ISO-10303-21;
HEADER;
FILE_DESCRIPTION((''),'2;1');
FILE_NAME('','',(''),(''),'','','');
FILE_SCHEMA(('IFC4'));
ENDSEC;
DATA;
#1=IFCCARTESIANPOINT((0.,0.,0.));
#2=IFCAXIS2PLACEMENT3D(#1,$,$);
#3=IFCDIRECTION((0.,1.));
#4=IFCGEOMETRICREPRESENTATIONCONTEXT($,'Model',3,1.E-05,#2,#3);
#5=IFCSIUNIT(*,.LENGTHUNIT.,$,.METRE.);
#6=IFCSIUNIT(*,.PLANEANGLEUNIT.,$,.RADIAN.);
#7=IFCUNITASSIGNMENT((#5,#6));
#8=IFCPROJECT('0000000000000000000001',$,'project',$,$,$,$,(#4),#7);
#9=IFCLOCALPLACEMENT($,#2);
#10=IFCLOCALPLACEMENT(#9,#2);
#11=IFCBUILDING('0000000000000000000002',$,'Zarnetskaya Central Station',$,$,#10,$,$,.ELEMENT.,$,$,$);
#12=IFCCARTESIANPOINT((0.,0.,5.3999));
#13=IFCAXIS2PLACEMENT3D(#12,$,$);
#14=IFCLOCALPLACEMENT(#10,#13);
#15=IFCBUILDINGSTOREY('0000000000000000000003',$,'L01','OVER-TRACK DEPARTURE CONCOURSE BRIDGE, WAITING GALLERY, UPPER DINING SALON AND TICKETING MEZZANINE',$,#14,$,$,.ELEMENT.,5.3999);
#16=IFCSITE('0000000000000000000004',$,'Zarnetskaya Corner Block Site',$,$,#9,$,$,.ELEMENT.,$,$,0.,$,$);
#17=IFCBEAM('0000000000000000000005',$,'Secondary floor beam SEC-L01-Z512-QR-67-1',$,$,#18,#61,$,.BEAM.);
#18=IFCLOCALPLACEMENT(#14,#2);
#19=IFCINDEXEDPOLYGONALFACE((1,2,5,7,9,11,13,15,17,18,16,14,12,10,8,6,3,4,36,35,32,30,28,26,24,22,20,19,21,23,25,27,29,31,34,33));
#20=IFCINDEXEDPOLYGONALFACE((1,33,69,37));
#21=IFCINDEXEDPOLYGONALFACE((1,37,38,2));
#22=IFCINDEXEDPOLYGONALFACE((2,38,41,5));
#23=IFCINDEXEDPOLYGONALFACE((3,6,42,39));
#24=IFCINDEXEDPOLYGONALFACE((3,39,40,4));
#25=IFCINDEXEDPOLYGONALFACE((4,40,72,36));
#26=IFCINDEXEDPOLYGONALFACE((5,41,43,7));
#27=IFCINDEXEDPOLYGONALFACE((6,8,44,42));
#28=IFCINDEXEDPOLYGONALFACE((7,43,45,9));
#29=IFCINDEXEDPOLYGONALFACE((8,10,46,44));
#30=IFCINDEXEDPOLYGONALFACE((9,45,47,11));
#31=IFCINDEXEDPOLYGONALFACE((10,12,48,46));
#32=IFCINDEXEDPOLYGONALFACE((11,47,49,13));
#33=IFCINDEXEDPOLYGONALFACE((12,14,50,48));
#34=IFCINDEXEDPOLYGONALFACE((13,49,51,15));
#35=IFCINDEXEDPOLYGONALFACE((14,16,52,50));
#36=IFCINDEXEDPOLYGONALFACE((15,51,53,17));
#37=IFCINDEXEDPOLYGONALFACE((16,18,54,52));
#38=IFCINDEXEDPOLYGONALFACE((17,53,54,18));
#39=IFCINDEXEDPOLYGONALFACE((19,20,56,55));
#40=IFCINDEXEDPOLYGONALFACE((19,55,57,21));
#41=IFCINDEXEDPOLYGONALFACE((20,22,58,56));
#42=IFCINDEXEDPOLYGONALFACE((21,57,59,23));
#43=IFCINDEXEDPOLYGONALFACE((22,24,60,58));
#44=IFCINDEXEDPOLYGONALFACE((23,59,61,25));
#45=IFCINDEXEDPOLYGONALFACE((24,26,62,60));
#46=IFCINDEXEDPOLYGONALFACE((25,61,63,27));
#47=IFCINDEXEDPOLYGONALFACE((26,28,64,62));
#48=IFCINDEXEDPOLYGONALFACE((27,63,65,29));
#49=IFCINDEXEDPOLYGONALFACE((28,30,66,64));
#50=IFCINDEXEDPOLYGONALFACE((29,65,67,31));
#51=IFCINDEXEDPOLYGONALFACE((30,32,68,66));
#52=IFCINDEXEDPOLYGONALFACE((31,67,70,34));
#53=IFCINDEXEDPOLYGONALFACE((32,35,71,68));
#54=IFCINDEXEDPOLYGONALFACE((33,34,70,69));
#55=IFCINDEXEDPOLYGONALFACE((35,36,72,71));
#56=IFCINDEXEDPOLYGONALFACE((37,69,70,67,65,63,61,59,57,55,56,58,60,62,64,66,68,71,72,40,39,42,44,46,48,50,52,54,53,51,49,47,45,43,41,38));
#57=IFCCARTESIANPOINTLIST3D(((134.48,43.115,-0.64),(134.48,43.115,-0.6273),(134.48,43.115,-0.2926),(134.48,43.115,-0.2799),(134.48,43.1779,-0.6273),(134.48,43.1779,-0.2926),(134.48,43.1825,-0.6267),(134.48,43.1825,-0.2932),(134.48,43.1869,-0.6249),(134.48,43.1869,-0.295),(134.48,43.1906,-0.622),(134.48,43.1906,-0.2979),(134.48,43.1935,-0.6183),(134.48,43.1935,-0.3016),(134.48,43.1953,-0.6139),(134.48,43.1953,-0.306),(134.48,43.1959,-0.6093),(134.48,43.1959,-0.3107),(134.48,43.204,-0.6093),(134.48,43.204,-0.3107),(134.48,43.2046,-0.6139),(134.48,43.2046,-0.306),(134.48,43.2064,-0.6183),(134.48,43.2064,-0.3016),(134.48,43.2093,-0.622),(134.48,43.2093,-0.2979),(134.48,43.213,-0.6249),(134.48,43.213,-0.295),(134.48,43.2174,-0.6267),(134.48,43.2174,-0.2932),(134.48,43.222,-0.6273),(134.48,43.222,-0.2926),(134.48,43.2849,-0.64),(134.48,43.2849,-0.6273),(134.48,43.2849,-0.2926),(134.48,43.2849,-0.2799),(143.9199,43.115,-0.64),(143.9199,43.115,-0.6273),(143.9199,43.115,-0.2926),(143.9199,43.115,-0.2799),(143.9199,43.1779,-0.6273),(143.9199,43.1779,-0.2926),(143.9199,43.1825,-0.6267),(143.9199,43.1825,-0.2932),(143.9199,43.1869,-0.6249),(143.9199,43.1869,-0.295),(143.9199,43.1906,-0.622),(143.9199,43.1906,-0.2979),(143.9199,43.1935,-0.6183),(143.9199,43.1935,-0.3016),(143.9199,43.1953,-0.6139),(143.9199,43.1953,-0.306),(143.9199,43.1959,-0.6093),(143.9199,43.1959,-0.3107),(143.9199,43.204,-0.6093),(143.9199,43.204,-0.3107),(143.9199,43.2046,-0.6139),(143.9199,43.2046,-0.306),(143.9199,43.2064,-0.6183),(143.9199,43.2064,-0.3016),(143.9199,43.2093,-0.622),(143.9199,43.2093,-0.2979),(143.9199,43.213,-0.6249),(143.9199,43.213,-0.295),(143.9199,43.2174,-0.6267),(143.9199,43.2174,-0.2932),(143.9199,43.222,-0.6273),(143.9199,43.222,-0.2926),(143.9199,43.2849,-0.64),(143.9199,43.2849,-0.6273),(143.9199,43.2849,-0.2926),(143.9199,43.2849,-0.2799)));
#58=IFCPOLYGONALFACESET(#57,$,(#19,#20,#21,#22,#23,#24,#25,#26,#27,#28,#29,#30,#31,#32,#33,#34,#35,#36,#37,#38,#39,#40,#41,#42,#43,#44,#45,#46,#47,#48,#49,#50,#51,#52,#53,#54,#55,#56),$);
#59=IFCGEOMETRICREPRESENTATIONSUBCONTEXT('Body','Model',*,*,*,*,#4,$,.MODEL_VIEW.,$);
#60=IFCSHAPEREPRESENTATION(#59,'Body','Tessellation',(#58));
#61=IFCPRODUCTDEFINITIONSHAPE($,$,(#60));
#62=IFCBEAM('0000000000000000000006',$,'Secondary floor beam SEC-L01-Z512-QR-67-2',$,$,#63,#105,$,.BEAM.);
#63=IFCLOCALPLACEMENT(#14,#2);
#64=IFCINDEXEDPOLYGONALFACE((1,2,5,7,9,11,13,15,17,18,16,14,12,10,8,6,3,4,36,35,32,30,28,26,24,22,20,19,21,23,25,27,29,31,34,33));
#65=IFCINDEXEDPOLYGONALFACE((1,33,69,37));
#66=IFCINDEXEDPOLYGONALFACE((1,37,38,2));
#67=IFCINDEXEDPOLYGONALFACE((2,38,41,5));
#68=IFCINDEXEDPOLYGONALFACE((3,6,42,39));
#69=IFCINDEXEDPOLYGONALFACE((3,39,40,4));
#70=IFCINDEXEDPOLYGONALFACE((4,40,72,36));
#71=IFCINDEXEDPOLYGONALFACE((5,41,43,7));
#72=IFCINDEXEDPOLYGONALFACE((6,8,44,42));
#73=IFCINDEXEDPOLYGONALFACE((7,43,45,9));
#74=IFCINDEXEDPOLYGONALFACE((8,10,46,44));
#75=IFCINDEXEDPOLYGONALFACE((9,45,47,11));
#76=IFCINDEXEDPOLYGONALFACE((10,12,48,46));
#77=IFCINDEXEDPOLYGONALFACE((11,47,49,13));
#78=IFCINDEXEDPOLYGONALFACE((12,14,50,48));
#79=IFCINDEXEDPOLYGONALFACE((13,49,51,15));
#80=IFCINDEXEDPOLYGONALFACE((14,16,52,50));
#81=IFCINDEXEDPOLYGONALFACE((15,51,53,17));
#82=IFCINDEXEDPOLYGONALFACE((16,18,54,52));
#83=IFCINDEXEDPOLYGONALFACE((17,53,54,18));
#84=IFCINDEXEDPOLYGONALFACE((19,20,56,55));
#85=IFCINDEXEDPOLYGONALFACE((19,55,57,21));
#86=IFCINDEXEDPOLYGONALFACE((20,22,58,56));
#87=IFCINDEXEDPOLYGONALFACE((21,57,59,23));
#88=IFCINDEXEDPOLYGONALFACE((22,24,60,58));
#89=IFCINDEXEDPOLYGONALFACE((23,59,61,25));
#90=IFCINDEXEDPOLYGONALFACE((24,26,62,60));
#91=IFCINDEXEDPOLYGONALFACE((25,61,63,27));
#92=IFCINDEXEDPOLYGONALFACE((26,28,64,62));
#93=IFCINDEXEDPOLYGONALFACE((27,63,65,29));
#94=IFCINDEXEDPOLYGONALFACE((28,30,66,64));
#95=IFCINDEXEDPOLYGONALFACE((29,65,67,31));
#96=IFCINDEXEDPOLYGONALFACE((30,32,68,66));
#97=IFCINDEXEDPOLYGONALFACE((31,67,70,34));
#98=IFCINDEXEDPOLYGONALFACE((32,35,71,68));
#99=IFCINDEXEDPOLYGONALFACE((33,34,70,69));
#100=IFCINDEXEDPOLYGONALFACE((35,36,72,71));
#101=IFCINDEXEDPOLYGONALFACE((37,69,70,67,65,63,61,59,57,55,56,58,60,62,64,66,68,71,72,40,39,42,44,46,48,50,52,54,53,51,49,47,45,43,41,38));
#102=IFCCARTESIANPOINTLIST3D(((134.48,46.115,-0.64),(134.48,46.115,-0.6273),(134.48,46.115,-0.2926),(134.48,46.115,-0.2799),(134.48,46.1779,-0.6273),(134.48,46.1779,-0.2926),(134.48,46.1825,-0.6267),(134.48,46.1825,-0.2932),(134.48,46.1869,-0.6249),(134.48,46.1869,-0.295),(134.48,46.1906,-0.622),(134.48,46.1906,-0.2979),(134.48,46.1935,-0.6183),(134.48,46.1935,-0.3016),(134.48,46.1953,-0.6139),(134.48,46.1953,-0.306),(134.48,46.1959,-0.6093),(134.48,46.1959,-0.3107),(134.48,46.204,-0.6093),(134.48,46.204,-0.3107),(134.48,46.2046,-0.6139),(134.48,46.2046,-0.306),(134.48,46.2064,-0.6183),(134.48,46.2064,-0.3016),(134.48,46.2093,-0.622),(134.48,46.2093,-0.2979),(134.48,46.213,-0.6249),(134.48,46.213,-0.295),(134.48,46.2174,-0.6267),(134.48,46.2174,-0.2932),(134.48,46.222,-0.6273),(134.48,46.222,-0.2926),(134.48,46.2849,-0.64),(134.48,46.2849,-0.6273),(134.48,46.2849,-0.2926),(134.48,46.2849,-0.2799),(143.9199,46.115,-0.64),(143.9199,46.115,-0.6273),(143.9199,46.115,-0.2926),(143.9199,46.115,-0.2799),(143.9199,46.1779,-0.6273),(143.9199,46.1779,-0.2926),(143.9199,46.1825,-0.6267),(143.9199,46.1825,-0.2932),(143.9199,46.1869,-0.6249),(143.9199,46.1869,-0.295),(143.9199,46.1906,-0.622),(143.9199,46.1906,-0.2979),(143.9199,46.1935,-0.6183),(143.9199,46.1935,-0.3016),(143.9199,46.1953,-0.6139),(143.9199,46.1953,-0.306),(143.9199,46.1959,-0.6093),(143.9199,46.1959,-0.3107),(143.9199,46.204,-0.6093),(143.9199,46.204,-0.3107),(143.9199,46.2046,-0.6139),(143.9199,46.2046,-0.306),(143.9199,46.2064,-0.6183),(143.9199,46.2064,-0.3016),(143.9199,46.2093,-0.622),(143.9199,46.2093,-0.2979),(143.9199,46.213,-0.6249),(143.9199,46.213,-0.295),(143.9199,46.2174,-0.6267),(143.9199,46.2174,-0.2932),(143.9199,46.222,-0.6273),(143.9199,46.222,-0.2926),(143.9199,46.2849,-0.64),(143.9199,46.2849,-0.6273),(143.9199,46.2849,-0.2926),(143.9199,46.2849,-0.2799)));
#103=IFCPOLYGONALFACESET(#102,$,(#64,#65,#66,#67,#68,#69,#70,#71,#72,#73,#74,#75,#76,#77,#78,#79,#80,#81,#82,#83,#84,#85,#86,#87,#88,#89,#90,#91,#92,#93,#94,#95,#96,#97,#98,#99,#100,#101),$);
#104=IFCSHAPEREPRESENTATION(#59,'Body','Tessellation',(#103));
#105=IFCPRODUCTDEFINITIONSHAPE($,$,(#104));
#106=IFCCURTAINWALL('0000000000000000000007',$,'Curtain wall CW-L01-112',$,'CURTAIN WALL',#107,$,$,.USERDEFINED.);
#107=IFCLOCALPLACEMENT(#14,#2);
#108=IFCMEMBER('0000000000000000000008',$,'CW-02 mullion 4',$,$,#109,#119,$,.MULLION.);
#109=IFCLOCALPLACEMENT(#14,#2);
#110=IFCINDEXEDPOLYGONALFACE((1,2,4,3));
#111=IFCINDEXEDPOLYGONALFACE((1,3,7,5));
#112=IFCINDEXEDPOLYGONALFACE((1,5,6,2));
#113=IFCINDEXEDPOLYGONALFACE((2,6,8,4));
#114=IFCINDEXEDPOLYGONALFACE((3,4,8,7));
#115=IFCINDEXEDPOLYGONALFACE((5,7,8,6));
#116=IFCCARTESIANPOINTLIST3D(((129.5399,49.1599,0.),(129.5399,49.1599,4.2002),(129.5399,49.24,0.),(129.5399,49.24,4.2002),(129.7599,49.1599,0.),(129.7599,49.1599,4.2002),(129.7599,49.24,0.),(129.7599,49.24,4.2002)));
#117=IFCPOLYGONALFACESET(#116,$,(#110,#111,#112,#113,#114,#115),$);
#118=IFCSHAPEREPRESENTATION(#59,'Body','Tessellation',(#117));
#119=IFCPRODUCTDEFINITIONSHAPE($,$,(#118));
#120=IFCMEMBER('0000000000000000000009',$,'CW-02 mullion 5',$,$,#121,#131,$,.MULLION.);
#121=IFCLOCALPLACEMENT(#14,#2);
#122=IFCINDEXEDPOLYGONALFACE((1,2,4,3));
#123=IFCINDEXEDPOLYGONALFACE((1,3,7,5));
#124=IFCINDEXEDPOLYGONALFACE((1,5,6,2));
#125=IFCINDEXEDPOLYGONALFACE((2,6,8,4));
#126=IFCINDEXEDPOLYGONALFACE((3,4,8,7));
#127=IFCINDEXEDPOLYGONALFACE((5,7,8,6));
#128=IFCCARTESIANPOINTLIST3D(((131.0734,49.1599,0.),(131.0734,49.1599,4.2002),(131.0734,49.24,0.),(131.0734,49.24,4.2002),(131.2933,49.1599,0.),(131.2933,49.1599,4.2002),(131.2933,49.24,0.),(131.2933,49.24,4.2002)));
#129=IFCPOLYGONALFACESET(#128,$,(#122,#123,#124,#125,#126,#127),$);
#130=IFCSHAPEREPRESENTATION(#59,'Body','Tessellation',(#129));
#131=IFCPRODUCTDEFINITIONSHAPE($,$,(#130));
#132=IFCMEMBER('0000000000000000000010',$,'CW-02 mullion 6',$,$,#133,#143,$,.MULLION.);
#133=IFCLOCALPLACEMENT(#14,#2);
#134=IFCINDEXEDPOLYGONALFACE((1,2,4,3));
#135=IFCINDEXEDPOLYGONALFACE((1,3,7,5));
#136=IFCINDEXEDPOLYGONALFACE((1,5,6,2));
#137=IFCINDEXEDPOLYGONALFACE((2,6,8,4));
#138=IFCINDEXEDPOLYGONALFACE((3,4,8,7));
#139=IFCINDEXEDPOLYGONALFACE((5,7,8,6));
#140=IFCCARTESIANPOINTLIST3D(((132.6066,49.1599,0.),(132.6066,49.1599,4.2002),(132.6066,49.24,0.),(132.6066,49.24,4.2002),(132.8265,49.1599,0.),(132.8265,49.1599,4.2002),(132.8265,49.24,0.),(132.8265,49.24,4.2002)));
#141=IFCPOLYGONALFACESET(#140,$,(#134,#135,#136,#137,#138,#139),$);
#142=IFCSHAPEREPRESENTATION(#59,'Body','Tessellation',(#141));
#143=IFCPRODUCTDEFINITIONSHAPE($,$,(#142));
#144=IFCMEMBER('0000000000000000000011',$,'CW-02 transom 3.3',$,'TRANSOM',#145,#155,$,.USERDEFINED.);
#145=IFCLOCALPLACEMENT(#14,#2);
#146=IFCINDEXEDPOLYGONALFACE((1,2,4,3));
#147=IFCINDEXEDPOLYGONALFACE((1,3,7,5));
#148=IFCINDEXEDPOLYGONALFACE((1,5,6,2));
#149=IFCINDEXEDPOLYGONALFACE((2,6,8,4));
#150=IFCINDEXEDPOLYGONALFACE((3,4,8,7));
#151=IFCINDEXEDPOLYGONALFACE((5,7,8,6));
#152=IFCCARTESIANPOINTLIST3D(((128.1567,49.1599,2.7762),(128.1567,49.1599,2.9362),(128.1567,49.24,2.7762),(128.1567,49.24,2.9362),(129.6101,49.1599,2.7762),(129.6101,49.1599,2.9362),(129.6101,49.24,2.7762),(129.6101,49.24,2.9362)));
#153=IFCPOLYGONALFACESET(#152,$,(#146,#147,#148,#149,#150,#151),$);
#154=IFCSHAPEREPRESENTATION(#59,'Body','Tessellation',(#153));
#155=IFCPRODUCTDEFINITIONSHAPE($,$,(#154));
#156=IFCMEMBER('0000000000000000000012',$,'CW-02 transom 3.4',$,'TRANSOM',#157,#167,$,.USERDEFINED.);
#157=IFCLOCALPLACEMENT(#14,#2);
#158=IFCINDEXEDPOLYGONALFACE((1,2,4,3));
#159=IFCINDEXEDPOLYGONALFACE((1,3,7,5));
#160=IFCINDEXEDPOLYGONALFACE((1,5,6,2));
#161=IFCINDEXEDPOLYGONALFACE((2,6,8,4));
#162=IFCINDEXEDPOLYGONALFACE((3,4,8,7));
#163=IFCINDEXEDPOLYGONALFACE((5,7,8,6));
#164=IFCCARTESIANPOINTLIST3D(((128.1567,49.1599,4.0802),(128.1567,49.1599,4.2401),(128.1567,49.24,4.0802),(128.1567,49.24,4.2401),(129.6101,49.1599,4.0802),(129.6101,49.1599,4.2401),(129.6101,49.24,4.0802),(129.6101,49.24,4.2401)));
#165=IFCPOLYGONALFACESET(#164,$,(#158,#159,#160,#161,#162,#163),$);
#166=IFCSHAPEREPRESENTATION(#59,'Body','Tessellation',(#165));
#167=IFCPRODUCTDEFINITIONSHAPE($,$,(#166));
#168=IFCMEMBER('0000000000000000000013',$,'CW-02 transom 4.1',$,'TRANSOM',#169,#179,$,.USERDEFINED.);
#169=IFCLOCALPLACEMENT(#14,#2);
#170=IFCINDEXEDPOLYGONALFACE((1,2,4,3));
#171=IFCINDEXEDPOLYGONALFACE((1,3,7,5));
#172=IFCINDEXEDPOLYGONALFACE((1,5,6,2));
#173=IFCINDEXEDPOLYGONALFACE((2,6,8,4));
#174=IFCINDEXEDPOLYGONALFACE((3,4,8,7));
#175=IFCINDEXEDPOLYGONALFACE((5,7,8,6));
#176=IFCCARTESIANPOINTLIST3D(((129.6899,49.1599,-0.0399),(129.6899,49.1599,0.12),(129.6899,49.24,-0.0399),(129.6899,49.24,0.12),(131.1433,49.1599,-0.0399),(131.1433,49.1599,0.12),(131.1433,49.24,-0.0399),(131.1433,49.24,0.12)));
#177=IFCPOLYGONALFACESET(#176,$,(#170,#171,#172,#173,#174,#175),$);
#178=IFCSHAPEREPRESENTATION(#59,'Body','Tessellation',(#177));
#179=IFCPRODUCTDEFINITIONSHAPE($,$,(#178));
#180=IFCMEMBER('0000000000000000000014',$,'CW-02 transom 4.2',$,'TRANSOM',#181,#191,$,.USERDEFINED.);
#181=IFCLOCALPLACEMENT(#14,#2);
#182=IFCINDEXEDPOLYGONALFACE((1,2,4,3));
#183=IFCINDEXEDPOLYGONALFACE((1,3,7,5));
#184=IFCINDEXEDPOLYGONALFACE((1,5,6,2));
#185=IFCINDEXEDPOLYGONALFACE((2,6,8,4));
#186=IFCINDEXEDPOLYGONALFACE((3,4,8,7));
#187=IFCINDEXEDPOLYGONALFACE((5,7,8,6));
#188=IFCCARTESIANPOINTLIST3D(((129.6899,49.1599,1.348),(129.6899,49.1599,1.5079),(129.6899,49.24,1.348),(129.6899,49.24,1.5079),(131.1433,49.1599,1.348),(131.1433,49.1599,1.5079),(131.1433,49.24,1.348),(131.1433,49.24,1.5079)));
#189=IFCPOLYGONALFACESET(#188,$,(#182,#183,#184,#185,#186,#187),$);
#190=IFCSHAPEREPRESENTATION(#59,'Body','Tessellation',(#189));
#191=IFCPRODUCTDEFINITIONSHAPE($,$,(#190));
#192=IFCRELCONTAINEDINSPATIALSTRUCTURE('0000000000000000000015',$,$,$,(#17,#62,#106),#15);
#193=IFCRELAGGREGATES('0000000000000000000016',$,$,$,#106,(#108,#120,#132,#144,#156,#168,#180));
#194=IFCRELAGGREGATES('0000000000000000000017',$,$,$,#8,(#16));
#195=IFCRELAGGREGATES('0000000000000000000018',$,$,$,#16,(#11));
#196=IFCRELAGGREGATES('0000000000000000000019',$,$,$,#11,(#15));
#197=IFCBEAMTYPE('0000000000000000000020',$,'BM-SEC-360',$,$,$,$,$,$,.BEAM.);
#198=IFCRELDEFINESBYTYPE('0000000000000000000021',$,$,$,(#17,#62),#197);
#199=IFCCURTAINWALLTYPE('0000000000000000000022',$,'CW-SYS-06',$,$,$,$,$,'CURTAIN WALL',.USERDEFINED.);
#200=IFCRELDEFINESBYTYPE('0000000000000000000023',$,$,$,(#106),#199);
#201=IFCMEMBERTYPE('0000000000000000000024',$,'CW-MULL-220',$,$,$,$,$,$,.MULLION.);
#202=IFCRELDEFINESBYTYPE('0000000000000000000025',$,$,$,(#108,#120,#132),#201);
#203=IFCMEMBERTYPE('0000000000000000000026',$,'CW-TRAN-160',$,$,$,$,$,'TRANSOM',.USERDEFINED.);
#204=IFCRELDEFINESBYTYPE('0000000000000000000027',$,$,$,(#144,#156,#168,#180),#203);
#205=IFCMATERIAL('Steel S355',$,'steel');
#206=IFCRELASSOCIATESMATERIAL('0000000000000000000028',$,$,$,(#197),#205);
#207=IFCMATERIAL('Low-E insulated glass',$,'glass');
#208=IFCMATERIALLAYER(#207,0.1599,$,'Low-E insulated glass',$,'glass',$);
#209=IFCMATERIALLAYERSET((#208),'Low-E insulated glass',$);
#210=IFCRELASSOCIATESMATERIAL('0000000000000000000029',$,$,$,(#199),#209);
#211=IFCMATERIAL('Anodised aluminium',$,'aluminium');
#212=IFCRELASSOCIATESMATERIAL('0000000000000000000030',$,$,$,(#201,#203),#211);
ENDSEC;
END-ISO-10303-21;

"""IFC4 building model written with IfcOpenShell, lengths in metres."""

from ifc_helpers import new_model, si_unit, direction, frame, origin, origin_2d, place, context, subcontext, project, spatial, rectangle, i_section, extrude, material, layer, layer_set, material_profile, profile_set, type_object, element, aggregate, save


model = new_model("IFC4")

# Units and contexts
model_context = context("Model", 3, precision=1e-05, world=origin(), true_north=direction((0.0, 1.0)))
body_context = subcontext(model_context, "Body", "Model", "MODEL_VIEW")
ifc_project = project(units=[si_unit("LENGTHUNIT", "METRE"), si_unit("PLANEANGLEUNIT", "RADIAN")], contexts=[model_context])

# Site, building, storey
site_placement = place(None, origin())
site = spatial("IfcSite", under=ifc_project, at=site_placement, Name="Zarnetskaya Corner Block Site", CompositionType="ELEMENT", RefElevation=0.0)
building_placement = place(site_placement, origin())
building = spatial("IfcBuilding", under=site, at=building_placement, Name="Zarnetskaya Central Station", CompositionType="ELEMENT")
storey_placement = place(building_placement, frame((0.0, 0.0, 5.3999)))
storey = spatial("IfcBuildingStorey", under=building, at=storey_placement, Name="L01", Description="OVER-TRACK DEPARTURE CONCOURSE BRIDGE, WAITING GALLERY, UPPER DINING SALON AND TICKETING MEZZANINE", CompositionType="ELEMENT", Elevation=5.3999)

# Shared definitions
ifc_material_1 = material(Name="Steel S355", Category="steel")

# Beams
ifc_material_profile_1 = material_profile(ifc_material_1, i_section(OverallWidth=0.1699, OverallDepth=0.3601, WebThickness=0.0081, FlangeThickness=0.0127, FilletRadius=0.0181, at=origin_2d()), Name="IPE 360")
ifc_profile_set_1 = profile_set([ifc_material_profile_1], Name="Steel S355")
beam_type_1 = type_object("IfcBeamType", Name="BM-SEC-360", PredefinedType="BEAM", material=ifc_profile_set_1)
for number, where, z_axis, x_axis, name in (
    (1, (134.48, 43.2, -0.46), (1.0, 0.0, 0.0), (0.0, 1.0, 0.0), "Secondary floor beam SEC-L01-Z512-QR-67-1"),
    (2, (134.48, 46.2, -0.46), (1.0, 0.0, 0.0), (0.0, 1.0, 0.0), "Secondary floor beam SEC-L01-Z512-QR-67-2"),
):
    element("IfcBeam", number, at=place(storey_placement, frame(where, z_axis=z_axis, x_axis=x_axis)), inside=storey, type_object=beam_type_1, Name=name, PredefinedType="BEAM", context=body_context, shape_type="SweptSolid", body=[
        extrude(i_section(OverallWidth=0.1699, OverallDepth=0.3601, WebThickness=0.0081, FlangeThickness=0.0127, FilletRadius=0.0181, at=origin_2d()), origin(), (0.0, 0.0, 1.0), 9.4399),
    ])

# Curtain wall, members
ifc_material_2 = material(Name="Low-E insulated glass", Category="glass")
ifc_layer_1 = layer(ifc_material_2, 0.1599, Name="Low-E insulated glass", Category="glass")
ifc_layer_set_1 = layer_set([ifc_layer_1], Name="Low-E insulated glass")
curtain_wall_type = type_object("IfcCurtainWallType", Name="CW-SYS-06", ElementType="CURTAIN WALL", PredefinedType="USERDEFINED", material=ifc_layer_set_1)
curtain_wall_placement = place(storey_placement, origin())
curtain_wall = element("IfcCurtainWall", 3, at=curtain_wall_placement, inside=storey, type_object=curtain_wall_type, Name="Curtain wall CW-L01-112", ObjectType="CURTAIN WALL", PredefinedType="USERDEFINED")
ifc_material_3 = material(Name="Anodised aluminium", Category="aluminium")
ifc_material_profile_2 = material_profile(ifc_material_3, rectangle(XDim=0.0801, YDim=0.22, at=origin_2d()), Name="ALU MULL 80x220")
ifc_profile_set_2 = profile_set([ifc_material_profile_2], Name="Anodised aluminium")
member_type_1 = type_object("IfcMemberType", Name="CW-MULL-220", PredefinedType="MULLION", material=ifc_profile_set_2)
member_1_placement = place(storey_placement, frame((129.6499, 49.2, 0.0), z_axis=(0.0, 0.0, 1.0), x_axis=(0.0, 1.0, 0.0)))
member_1 = element("IfcMember", 4, at=member_1_placement, type_object=member_type_1, Name="CW-02 mullion 4", PredefinedType="MULLION", context=body_context, shape_type="SweptSolid", body=[
    extrude(rectangle(XDim=0.0801, YDim=0.22, at=origin_2d()), origin(), (0.0, 0.0, 1.0), 4.2002),
])
member_2_placement = place(storey_placement, frame((131.1833, 49.2, 0.0), z_axis=(0.0, 0.0, 1.0), x_axis=(0.0, 1.0, 0.0)))
member_2 = element("IfcMember", 5, at=member_2_placement, type_object=member_type_1, Name="CW-02 mullion 5", PredefinedType="MULLION", context=body_context, shape_type="SweptSolid", body=[
    extrude(rectangle(XDim=0.0801, YDim=0.22, at=origin_2d()), origin(), (0.0, 0.0, 1.0), 4.2002),
])
member_3_placement = place(storey_placement, frame((132.7166, 49.2, 0.0), z_axis=(0.0, 0.0, 1.0), x_axis=(0.0, 1.0, 0.0)))
member_3 = element("IfcMember", 6, at=member_3_placement, type_object=member_type_1, Name="CW-02 mullion 6", PredefinedType="MULLION", context=body_context, shape_type="SweptSolid", body=[
    extrude(rectangle(XDim=0.0801, YDim=0.22, at=origin_2d()), origin(), (0.0, 0.0, 1.0), 4.2002),
])
ifc_material_profile_3 = material_profile(ifc_material_3, rectangle(XDim=0.0801, YDim=0.1599, at=origin_2d()), Name="ALU TRAN 80x160")
ifc_profile_set_3 = profile_set([ifc_material_profile_3], Name="Anodised aluminium")
member_type_2 = type_object("IfcMemberType", Name="CW-TRAN-160", ElementType="TRANSOM", PredefinedType="USERDEFINED", material=ifc_profile_set_3)
member_4_placement = place(storey_placement, frame((128.1567, 49.2, 2.8562), z_axis=(1.0, 0.0, 0.0), x_axis=(0.0, 1.0, 0.0)))
member_4 = element("IfcMember", 7, at=member_4_placement, type_object=member_type_2, Name="CW-02 transom 3.3", ObjectType="TRANSOM", PredefinedType="USERDEFINED", context=body_context, shape_type="SweptSolid", body=[
    extrude(rectangle(XDim=0.0801, YDim=0.1599, at=origin_2d()), origin(), (0.0, 0.0, 1.0), 1.4534),
])
member_5_placement = place(storey_placement, frame((128.1567, 49.2, 4.1602), z_axis=(1.0, 0.0, 0.0), x_axis=(0.0, 1.0, 0.0)))
member_5 = element("IfcMember", 8, at=member_5_placement, type_object=member_type_2, Name="CW-02 transom 3.4", ObjectType="TRANSOM", PredefinedType="USERDEFINED", context=body_context, shape_type="SweptSolid", body=[
    extrude(rectangle(XDim=0.0801, YDim=0.1599, at=origin_2d()), origin(), (0.0, 0.0, 1.0), 1.4534),
])
member_6_placement = place(storey_placement, frame((129.6899, 49.2, 0.04), z_axis=(1.0, 0.0, 0.0), x_axis=(0.0, 1.0, 0.0)))
member_6 = element("IfcMember", 9, at=member_6_placement, type_object=member_type_2, Name="CW-02 transom 4.1", ObjectType="TRANSOM", PredefinedType="USERDEFINED", context=body_context, shape_type="SweptSolid", body=[
    extrude(rectangle(XDim=0.0801, YDim=0.1599, at=origin_2d()), origin(), (0.0, 0.0, 1.0), 1.4534),
])
member_7_placement = place(storey_placement, frame((129.6899, 49.2, 1.428), z_axis=(1.0, 0.0, 0.0), x_axis=(0.0, 1.0, 0.0)))
member_7 = element("IfcMember", 10, at=member_7_placement, type_object=member_type_2, Name="CW-02 transom 4.2", ObjectType="TRANSOM", PredefinedType="USERDEFINED", context=body_context, shape_type="SweptSolid", body=[
    extrude(rectangle(XDim=0.0801, YDim=0.1599, at=origin_2d()), origin(), (0.0, 0.0, 1.0), 1.4534),
])

aggregate(curtain_wall, [member_1, member_2, member_3, member_4, member_5, member_6, member_7])

save(model, "model.ifc")
